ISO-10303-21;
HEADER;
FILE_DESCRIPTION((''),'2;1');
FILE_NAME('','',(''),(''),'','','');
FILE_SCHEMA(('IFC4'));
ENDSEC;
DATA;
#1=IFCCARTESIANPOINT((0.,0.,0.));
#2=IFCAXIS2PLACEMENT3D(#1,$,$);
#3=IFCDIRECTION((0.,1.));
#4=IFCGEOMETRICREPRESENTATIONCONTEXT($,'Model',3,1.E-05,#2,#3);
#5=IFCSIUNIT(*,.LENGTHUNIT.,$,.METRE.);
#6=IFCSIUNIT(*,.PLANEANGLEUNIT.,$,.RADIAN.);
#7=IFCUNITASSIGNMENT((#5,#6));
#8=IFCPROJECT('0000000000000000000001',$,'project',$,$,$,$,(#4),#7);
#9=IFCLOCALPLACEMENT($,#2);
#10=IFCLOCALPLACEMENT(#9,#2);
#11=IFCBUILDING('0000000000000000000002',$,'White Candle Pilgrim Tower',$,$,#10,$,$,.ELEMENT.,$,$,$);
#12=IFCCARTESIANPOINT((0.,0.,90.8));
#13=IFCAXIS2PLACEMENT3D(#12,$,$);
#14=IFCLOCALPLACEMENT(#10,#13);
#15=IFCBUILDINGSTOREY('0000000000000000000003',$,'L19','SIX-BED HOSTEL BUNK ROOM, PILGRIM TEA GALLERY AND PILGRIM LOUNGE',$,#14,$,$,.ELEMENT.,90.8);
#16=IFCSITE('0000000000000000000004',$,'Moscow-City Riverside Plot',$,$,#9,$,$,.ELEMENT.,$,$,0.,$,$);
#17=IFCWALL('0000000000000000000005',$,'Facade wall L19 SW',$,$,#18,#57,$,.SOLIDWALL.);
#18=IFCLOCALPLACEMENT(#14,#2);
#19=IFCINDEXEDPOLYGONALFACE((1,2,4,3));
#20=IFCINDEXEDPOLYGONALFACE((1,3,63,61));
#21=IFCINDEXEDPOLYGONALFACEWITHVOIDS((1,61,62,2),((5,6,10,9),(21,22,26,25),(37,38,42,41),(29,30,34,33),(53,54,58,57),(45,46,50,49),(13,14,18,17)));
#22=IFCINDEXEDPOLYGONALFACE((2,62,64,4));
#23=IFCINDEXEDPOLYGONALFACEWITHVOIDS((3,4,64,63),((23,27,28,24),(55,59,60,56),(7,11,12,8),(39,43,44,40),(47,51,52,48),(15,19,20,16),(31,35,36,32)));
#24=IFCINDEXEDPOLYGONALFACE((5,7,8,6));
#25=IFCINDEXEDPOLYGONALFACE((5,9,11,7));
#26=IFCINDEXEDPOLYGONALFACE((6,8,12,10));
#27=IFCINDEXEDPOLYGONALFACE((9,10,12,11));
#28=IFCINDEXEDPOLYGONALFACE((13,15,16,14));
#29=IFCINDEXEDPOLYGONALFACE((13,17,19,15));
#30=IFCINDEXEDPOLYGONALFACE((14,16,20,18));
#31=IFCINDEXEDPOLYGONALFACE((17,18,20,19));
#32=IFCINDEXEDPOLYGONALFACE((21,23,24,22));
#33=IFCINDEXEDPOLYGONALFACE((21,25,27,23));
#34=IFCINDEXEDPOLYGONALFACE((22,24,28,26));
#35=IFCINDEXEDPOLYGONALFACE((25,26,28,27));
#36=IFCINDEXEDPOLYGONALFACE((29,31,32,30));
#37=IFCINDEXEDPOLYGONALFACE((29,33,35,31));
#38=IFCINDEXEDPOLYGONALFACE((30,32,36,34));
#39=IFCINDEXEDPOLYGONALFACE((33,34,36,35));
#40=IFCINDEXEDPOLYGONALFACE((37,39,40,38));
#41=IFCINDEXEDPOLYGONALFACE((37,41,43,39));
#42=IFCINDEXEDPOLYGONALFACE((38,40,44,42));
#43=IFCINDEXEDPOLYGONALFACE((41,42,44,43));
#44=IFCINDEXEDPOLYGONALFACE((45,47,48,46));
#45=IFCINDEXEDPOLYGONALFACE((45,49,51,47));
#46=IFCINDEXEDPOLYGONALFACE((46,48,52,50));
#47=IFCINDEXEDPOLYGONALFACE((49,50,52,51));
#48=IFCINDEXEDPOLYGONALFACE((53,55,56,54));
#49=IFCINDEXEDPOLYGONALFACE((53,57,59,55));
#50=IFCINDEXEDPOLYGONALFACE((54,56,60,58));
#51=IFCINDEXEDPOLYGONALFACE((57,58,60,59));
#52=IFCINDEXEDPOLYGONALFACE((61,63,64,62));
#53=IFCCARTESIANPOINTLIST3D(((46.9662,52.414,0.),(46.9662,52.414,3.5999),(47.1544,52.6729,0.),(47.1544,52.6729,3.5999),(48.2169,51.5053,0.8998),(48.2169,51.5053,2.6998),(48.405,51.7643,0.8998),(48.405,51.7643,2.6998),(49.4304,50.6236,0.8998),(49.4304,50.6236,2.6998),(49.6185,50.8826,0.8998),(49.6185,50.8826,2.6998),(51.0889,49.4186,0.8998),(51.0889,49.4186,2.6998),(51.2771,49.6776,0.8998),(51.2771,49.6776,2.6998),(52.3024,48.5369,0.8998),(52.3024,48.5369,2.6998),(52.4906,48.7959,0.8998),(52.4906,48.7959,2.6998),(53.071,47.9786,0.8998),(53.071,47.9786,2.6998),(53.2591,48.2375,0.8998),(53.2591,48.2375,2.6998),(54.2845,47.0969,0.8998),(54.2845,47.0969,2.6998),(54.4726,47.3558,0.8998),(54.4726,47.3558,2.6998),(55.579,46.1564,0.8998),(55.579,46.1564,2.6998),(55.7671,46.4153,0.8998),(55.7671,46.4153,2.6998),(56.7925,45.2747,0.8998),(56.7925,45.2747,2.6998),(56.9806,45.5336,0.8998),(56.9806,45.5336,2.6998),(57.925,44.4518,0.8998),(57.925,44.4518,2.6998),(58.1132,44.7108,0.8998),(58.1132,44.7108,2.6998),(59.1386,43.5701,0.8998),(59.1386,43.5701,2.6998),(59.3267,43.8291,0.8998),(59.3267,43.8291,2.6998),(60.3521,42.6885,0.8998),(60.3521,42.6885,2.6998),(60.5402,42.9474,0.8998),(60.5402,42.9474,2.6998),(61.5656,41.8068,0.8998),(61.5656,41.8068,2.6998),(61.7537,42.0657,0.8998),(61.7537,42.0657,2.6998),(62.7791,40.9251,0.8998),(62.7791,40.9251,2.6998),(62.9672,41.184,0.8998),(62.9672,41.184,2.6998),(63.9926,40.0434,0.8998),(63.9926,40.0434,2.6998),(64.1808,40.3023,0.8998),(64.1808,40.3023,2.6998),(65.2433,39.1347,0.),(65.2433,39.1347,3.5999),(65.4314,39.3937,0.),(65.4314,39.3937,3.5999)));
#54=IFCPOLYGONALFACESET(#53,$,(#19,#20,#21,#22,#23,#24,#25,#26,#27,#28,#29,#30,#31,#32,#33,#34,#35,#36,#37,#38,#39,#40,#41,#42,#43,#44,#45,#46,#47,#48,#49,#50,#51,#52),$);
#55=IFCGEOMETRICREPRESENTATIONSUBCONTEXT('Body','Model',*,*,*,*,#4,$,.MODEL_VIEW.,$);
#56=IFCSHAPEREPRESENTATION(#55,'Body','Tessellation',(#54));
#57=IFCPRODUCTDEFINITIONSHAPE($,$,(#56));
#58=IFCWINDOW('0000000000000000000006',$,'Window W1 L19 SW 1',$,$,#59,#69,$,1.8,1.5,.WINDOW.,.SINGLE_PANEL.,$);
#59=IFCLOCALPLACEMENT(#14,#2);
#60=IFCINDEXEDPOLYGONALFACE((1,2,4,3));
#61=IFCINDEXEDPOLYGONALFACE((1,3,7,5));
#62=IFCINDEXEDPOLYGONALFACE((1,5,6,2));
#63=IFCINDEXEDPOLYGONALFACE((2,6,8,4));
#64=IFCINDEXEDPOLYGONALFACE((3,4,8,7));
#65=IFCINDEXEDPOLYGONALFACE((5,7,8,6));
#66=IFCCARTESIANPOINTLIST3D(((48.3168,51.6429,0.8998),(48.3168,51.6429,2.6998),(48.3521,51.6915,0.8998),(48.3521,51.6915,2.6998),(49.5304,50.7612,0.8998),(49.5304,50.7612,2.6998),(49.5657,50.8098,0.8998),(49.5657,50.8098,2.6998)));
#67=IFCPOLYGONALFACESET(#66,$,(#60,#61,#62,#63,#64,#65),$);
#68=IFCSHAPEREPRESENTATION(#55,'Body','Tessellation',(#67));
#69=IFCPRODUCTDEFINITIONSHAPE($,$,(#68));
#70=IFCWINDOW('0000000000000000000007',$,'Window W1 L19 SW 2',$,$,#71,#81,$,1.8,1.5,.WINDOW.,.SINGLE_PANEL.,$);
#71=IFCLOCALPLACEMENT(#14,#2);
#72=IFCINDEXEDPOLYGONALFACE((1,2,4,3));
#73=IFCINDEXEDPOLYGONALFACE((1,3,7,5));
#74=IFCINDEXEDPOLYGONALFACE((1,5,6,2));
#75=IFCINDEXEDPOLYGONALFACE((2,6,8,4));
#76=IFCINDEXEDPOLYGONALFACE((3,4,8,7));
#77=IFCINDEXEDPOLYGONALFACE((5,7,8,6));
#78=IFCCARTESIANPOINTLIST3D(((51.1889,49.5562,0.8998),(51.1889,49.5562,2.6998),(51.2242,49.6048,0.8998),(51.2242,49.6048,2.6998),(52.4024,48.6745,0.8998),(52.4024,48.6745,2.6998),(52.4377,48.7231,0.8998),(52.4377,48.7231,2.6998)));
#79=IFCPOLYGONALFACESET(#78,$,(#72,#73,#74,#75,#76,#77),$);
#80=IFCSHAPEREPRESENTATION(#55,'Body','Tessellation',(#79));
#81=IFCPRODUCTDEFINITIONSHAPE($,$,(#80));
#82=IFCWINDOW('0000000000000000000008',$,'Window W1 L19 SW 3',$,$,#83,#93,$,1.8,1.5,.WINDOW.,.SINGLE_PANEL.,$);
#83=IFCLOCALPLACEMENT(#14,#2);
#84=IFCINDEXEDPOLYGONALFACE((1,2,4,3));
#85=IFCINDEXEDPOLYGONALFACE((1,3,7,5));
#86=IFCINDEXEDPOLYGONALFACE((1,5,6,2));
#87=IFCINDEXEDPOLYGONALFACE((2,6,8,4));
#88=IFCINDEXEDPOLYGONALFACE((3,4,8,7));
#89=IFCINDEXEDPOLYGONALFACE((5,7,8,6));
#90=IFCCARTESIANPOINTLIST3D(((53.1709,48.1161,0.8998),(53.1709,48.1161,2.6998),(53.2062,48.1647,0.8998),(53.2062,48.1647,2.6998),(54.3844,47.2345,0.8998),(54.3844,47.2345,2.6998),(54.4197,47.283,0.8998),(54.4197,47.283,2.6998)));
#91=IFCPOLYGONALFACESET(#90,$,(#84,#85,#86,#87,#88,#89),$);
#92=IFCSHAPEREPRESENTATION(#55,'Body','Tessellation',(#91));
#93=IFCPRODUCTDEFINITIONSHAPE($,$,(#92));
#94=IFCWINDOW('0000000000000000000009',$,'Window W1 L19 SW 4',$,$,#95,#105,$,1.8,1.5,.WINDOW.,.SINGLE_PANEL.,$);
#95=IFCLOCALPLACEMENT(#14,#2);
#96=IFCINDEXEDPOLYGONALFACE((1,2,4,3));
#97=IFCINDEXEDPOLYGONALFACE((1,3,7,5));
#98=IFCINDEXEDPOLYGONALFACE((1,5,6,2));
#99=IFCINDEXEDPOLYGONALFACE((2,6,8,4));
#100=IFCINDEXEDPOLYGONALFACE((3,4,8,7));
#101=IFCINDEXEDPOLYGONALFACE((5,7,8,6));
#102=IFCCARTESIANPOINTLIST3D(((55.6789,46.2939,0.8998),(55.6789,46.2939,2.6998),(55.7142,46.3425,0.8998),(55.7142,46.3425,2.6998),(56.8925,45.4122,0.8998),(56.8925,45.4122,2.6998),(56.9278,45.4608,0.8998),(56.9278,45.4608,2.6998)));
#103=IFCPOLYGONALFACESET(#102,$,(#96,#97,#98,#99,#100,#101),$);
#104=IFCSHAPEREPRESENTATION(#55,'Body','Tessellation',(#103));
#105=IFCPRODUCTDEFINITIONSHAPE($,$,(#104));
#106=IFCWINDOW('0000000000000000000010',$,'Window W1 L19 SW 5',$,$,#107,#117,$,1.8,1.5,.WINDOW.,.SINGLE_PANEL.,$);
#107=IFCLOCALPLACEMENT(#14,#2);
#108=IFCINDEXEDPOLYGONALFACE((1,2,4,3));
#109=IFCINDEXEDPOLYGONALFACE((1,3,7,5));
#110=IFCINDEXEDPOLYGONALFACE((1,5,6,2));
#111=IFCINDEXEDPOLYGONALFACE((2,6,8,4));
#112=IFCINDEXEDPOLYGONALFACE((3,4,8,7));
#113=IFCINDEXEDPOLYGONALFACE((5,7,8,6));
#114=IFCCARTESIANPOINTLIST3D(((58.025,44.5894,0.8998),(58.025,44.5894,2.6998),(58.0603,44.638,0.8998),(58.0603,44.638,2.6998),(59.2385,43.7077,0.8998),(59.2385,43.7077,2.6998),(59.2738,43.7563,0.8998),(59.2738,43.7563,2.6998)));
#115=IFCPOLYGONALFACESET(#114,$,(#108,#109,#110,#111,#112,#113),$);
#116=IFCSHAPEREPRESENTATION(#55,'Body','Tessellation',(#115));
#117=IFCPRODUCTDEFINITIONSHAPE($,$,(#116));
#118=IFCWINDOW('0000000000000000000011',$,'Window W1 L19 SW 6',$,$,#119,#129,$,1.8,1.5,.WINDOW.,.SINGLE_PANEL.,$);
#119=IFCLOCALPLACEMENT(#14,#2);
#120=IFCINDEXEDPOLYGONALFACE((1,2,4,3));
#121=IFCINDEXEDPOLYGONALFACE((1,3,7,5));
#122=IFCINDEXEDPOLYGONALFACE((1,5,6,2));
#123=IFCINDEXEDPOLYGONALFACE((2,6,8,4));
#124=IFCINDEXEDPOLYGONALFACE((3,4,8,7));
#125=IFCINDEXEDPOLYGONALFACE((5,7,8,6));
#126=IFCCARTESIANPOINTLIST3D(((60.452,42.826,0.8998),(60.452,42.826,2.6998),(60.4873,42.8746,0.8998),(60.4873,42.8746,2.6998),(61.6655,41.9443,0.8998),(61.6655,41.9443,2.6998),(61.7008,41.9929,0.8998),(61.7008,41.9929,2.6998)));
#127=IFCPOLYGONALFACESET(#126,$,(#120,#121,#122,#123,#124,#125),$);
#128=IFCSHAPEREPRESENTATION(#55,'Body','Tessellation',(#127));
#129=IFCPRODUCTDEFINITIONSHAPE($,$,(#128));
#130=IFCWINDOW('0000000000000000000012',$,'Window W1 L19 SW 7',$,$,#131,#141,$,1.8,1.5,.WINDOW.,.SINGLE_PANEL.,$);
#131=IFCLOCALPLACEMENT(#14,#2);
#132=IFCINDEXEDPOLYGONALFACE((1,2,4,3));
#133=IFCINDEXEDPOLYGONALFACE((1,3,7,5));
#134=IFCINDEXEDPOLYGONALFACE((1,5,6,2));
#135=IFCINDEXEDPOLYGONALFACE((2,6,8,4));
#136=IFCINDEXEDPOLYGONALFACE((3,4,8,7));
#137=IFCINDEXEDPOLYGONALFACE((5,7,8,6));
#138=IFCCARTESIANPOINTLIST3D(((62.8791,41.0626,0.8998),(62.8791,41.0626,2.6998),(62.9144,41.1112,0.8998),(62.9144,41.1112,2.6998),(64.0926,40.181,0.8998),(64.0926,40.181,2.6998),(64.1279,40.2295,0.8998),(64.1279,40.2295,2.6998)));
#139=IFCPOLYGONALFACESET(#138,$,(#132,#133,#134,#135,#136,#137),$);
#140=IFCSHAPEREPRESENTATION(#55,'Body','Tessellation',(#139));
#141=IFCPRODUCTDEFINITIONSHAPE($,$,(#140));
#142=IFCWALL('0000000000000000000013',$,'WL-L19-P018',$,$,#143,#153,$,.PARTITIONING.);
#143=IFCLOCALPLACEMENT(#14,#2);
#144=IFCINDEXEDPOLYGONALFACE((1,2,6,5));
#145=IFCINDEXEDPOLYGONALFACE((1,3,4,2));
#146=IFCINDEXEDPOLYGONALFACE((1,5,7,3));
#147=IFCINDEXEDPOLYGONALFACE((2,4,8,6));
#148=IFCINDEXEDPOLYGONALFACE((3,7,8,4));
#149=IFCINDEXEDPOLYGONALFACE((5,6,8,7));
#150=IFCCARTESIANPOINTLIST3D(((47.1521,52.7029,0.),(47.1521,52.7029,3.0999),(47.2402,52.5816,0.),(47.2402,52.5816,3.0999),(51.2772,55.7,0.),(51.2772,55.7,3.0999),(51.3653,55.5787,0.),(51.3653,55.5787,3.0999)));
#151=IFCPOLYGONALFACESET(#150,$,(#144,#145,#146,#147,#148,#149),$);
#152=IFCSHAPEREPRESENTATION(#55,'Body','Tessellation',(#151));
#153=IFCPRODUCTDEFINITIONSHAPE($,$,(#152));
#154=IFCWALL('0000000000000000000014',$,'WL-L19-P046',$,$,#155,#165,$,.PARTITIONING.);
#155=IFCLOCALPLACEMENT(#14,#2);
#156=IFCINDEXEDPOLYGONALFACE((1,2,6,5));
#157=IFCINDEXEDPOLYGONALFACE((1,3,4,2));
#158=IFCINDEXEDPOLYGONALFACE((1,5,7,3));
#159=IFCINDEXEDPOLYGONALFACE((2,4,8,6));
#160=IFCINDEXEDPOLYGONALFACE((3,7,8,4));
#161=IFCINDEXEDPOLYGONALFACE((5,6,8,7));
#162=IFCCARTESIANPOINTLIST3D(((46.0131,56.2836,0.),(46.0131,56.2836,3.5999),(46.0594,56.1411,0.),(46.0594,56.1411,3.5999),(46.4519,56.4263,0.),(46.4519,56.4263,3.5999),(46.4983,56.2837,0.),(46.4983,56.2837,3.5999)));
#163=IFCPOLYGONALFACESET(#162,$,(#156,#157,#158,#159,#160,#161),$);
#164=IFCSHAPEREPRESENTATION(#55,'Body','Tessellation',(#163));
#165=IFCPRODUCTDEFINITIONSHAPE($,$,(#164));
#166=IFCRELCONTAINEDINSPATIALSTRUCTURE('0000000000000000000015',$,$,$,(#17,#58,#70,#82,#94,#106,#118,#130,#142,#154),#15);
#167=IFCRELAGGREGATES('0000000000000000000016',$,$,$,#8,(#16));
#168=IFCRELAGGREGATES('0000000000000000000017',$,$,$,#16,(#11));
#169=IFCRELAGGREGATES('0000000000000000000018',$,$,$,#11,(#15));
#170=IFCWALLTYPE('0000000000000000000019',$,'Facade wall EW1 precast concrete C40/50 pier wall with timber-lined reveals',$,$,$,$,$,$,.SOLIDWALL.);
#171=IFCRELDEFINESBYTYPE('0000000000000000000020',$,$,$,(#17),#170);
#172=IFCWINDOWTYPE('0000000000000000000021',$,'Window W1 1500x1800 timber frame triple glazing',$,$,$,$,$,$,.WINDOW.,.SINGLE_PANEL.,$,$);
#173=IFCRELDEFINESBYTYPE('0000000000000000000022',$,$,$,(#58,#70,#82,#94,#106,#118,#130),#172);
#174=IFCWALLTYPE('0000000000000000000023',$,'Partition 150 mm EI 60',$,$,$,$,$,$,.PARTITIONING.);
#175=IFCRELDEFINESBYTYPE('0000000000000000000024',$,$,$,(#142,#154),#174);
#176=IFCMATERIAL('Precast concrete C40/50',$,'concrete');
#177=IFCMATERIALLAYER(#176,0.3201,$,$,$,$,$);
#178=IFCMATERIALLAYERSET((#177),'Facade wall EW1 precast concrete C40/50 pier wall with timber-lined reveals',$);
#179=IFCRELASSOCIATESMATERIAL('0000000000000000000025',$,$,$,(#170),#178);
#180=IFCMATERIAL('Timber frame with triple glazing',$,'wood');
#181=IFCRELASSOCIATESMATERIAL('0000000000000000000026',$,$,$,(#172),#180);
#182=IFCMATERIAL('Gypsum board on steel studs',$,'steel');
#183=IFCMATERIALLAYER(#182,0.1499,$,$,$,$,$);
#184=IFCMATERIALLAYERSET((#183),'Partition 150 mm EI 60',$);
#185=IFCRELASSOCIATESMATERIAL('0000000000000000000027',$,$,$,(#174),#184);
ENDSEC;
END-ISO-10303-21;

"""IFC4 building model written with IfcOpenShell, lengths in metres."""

from ifc_helpers import new_model, si_unit, direction, frame, frame_2d, origin, place, context, subcontext, project, spatial, rectangle, extrude, material, layer, layer_set, type_object, element, fill, save


model = new_model("IFC4")

# Units and contexts
model_context = context("Model", 3, precision=1e-05, world=origin(), true_north=direction((0.0, 1.0)))
body_context = subcontext(model_context, "Body", "Model", "MODEL_VIEW")
ifc_project = project(units=[si_unit("LENGTHUNIT", "METRE"), si_unit("PLANEANGLEUNIT", "RADIAN")], contexts=[model_context])

# Site, building, storey
site_placement = place(None, origin())
site = spatial("IfcSite", under=ifc_project, at=site_placement, Name="Moscow-City Riverside Plot", CompositionType="ELEMENT", RefElevation=0.0)
building_placement = place(site_placement, origin())
building = spatial("IfcBuilding", under=site, at=building_placement, Name="White Candle Pilgrim Tower", CompositionType="ELEMENT")
storey_placement = place(building_placement, frame((0.0, 0.0, 90.8)))
storey = spatial("IfcBuildingStorey", under=building, at=storey_placement, Name="L19", Description="SIX-BED HOSTEL BUNK ROOM, PILGRIM TEA GALLERY AND PILGRIM LOUNGE", CompositionType="ELEMENT", Elevation=90.8)

# Shared definitions
ifc_material_1 = material(Name="Gypsum board on steel studs", Category="steel")

# Wall, openings, windows
ifc_material_2 = material(Name="Precast concrete C40/50", Category="concrete")
ifc_layer_1 = layer(ifc_material_2, 0.3201)
ifc_layer_set_1 = layer_set([ifc_layer_1], Name="Facade wall EW1 precast concrete C40/50 pier wall with timber-lined reveals")
wall_type_1 = type_object("IfcWallType", Name="Facade wall EW1 precast concrete C40/50 pier wall with timber-lined reveals", PredefinedType="SOLIDWALL", material=ifc_layer_set_1)
wall_1_placement = place(storey_placement, frame((47.0603, 52.5435, 0.0), z_axis=(0.0, 0.0, 1.0), x_axis=(0.809013, -0.587791, 0.0)))
wall_1 = element("IfcWall", 1, at=wall_1_placement, inside=storey, type_object=wall_type_1, Name="Facade wall L19 SW", PredefinedType="SOLIDWALL", context=body_context, shape_type="SweptSolid", body=[
    extrude(rectangle(XDim=22.5918, YDim=0.3201, at=frame_2d((11.2959, 0.0))), origin(), (0.0, 0.0, 1.0), 3.5999),
])
opening_1_placement = place(wall_1_placement, frame((1.5459, 0.0, 0.8999)))
opening_1 = element("IfcOpeningElement", 2, at=opening_1_placement, cuts=wall_1, PredefinedType="OPENING", context=body_context, shape_type="SweptSolid", body=[
    extrude(rectangle(XDim=1.5, YDim=1.8, at=frame_2d((0.75, 0.8999))), frame((0.0, 0.1699, 0.0), z_axis=(0.0, -1.0, 0.0), x_axis=(1.0, 0.0, 0.0)), (0.0, 0.0, 1.0), 0.3401),
])
opening_2_placement = place(wall_1_placement, frame((5.0959, 0.0, 0.8999)))
opening_2 = element("IfcOpeningElement", 3, at=opening_2_placement, cuts=wall_1, PredefinedType="OPENING", context=body_context, shape_type="SweptSolid", body=[
    extrude(rectangle(XDim=1.5, YDim=1.8, at=frame_2d((0.75, 0.8999))), frame((0.0, 0.1699, 0.0), z_axis=(0.0, -1.0, 0.0), x_axis=(1.0, 0.0, 0.0)), (0.0, 0.0, 1.0), 0.3401),
])
opening_3_placement = place(wall_1_placement, frame((7.5459, 0.0, 0.8999)))
opening_3 = element("IfcOpeningElement", 4, at=opening_3_placement, cuts=wall_1, PredefinedType="OPENING", context=body_context, shape_type="SweptSolid", body=[
    extrude(rectangle(XDim=1.5, YDim=1.8, at=frame_2d((0.75, 0.8999))), frame((0.0, 0.1699, 0.0), z_axis=(0.0, -1.0, 0.0), x_axis=(1.0, 0.0, 0.0)), (0.0, 0.0, 1.0), 0.3401),
])
opening_4_placement = place(wall_1_placement, frame((10.646, 0.0, 0.8999)))
opening_4 = element("IfcOpeningElement", 5, at=opening_4_placement, cuts=wall_1, PredefinedType="OPENING", context=body_context, shape_type="SweptSolid", body=[
    extrude(rectangle(XDim=1.5, YDim=1.8, at=frame_2d((0.75, 0.8999))), frame((0.0, 0.1699, 0.0), z_axis=(0.0, -1.0, 0.0), x_axis=(1.0, 0.0, 0.0)), (0.0, 0.0, 1.0), 0.3401),
])
opening_5_placement = place(wall_1_placement, frame((13.5459, 0.0, 0.8999)))
opening_5 = element("IfcOpeningElement", 6, at=opening_5_placement, cuts=wall_1, PredefinedType="OPENING", context=body_context, shape_type="SweptSolid", body=[
    extrude(rectangle(XDim=1.5, YDim=1.8, at=frame_2d((0.75, 0.8999))), frame((0.0, 0.1699, 0.0), z_axis=(0.0, -1.0, 0.0), x_axis=(1.0, 0.0, 0.0)), (0.0, 0.0, 1.0), 0.3401),
])
opening_6_placement = place(wall_1_placement, frame((16.5459, 0.0, 0.8999)))
opening_6 = element("IfcOpeningElement", 7, at=opening_6_placement, cuts=wall_1, PredefinedType="OPENING", context=body_context, shape_type="SweptSolid", body=[
    extrude(rectangle(XDim=1.5, YDim=1.8, at=frame_2d((0.75, 0.8999))), frame((0.0, 0.1699, 0.0), z_axis=(0.0, -1.0, 0.0), x_axis=(1.0, 0.0, 0.0)), (0.0, 0.0, 1.0), 0.3401),
])
opening_7_placement = place(wall_1_placement, frame((19.5459, 0.0, 0.8999)))
opening_7 = element("IfcOpeningElement", 8, at=opening_7_placement, cuts=wall_1, PredefinedType="OPENING", context=body_context, shape_type="SweptSolid", body=[
    extrude(rectangle(XDim=1.5, YDim=1.8, at=frame_2d((0.75, 0.8999))), frame((0.0, 0.1699, 0.0), z_axis=(0.0, -1.0, 0.0), x_axis=(1.0, 0.0, 0.0)), (0.0, 0.0, 1.0), 0.3401),
])
ifc_material_3 = material(Name="Timber frame with triple glazing", Category="wood")
window_type = type_object("IfcWindowType", Name="Window W1 1500x1800 timber frame triple glazing", PartitioningType="SINGLE_PANEL", PredefinedType="WINDOW", material=ifc_material_3)
window_1_placement = place(opening_1_placement, origin())
window_1 = element("IfcWindow", 9, at=window_1_placement, inside=storey, type_object=window_type, Name="Window W1 L19 SW 1", OverallHeight=1.8, OverallWidth=1.5, PartitioningType="SINGLE_PANEL", PredefinedType="WINDOW", context=body_context, shape_type="SweptSolid", body=[
    extrude(rectangle(XDim=1.5, YDim=1.8, at=frame_2d((0.75, 0.8999))), frame((0.0, 0.0701, 0.0), z_axis=(0.0, -1.0, 0.0), x_axis=(1.0, 0.0, 0.0)), (0.0, 0.0, 1.0), 0.0601),
])
fill(opening_1, window_1)
window_2_placement = place(opening_2_placement, origin())
window_2 = element("IfcWindow", 10, at=window_2_placement, inside=storey, type_object=window_type, Name="Window W1 L19 SW 2", OverallHeight=1.8, OverallWidth=1.5, PartitioningType="SINGLE_PANEL", PredefinedType="WINDOW", context=body_context, shape_type="SweptSolid", body=[
    extrude(rectangle(XDim=1.5, YDim=1.8, at=frame_2d((0.75, 0.8999))), frame((0.0, 0.0701, 0.0), z_axis=(0.0, -1.0, 0.0), x_axis=(1.0, 0.0, 0.0)), (0.0, 0.0, 1.0), 0.0601),
])
fill(opening_2, window_2)
window_3_placement = place(opening_3_placement, origin())
window_3 = element("IfcWindow", 11, at=window_3_placement, inside=storey, type_object=window_type, Name="Window W1 L19 SW 3", OverallHeight=1.8, OverallWidth=1.5, PartitioningType="SINGLE_PANEL", PredefinedType="WINDOW", context=body_context, shape_type="SweptSolid", body=[
    extrude(rectangle(XDim=1.5, YDim=1.8, at=frame_2d((0.75, 0.8999))), frame((0.0, 0.0701, 0.0), z_axis=(0.0, -1.0, 0.0), x_axis=(1.0, 0.0, 0.0)), (0.0, 0.0, 1.0), 0.0601),
])
fill(opening_3, window_3)
window_4_placement = place(opening_4_placement, origin())
window_4 = element("IfcWindow", 12, at=window_4_placement, inside=storey, type_object=window_type, Name="Window W1 L19 SW 4", OverallHeight=1.8, OverallWidth=1.5, PartitioningType="SINGLE_PANEL", PredefinedType="WINDOW", context=body_context, shape_type="SweptSolid", body=[
    extrude(rectangle(XDim=1.5, YDim=1.8, at=frame_2d((0.75, 0.8999))), frame((0.0, 0.0701, 0.0), z_axis=(0.0, -1.0, 0.0), x_axis=(1.0, 0.0, 0.0)), (0.0, 0.0, 1.0), 0.0601),
])
fill(opening_4, window_4)
window_5_placement = place(opening_5_placement, origin())
window_5 = element("IfcWindow", 13, at=window_5_placement, inside=storey, type_object=window_type, Name="Window W1 L19 SW 5", OverallHeight=1.8, OverallWidth=1.5, PartitioningType="SINGLE_PANEL", PredefinedType="WINDOW", context=body_context, shape_type="SweptSolid", body=[
    extrude(rectangle(XDim=1.5, YDim=1.8, at=frame_2d((0.75, 0.8999))), frame((0.0, 0.0701, 0.0), z_axis=(0.0, -1.0, 0.0), x_axis=(1.0, 0.0, 0.0)), (0.0, 0.0, 1.0), 0.0601),
])
fill(opening_5, window_5)
window_6_placement = place(opening_6_placement, origin())
window_6 = element("IfcWindow", 14, at=window_6_placement, inside=storey, type_object=window_type, Name="Window W1 L19 SW 6", OverallHeight=1.8, OverallWidth=1.5, PartitioningType="SINGLE_PANEL", PredefinedType="WINDOW", context=body_context, shape_type="SweptSolid", body=[
    extrude(rectangle(XDim=1.5, YDim=1.8, at=frame_2d((0.75, 0.8999))), frame((0.0, 0.0701, 0.0), z_axis=(0.0, -1.0, 0.0), x_axis=(1.0, 0.0, 0.0)), (0.0, 0.0, 1.0), 0.0601),
])
fill(opening_6, window_6)
window_7_placement = place(opening_7_placement, origin())
window_7 = element("IfcWindow", 15, at=window_7_placement, inside=storey, type_object=window_type, Name="Window W1 L19 SW 7", OverallHeight=1.8, OverallWidth=1.5, PartitioningType="SINGLE_PANEL", PredefinedType="WINDOW", context=body_context, shape_type="SweptSolid", body=[
    extrude(rectangle(XDim=1.5, YDim=1.8, at=frame_2d((0.75, 0.8999))), frame((0.0, 0.0701, 0.0), z_axis=(0.0, -1.0, 0.0), x_axis=(1.0, 0.0, 0.0)), (0.0, 0.0, 1.0), 0.0601),
])
fill(opening_7, window_7)

# Walls
ifc_layer_2 = layer(ifc_material_1, 0.1499)
ifc_layer_set_2 = layer_set([ifc_layer_2], Name="Partition 150 mm EI 60")
wall_type_2 = type_object("IfcWallType", Name="Partition 150 mm EI 60", PredefinedType="PARTITIONING", material=ifc_layer_set_2)
wall_2_placement = place(storey_placement, frame((47.1963, 52.6423, 0.0), z_axis=(0.0, 0.0, 1.0), x_axis=(0.809009, 0.587796, 0.0)))
element("IfcWall", 16, at=wall_2_placement, inside=storey, type_object=wall_type_2, Name="WL-L19-P018", PredefinedType="PARTITIONING", context=body_context, shape_type="SweptSolid", body=[
    extrude(rectangle(XDim=5.0989, YDim=0.1499, at=frame_2d((2.5493, 0.0))), origin(), (0.0, 0.0, 1.0), 3.0999),
])
wall_3_placement = place(storey_placement, frame((46.4751, 56.355, 0.0), z_axis=(0.0, 0.0, 1.0), x_axis=(-0.951038, -0.309074, 0.0)))
element("IfcWall", 17, at=wall_3_placement, inside=storey, type_object=wall_type_2, Name="WL-L19-P046", PredefinedType="PARTITIONING", context=body_context, shape_type="SweptSolid", body=[
    extrude(rectangle(XDim=0.4614, YDim=0.1499, at=frame_2d((0.2307, 0.0))), origin(), (0.0, 0.0, 1.0), 3.5999),
])

save(model, "model.ifc")
